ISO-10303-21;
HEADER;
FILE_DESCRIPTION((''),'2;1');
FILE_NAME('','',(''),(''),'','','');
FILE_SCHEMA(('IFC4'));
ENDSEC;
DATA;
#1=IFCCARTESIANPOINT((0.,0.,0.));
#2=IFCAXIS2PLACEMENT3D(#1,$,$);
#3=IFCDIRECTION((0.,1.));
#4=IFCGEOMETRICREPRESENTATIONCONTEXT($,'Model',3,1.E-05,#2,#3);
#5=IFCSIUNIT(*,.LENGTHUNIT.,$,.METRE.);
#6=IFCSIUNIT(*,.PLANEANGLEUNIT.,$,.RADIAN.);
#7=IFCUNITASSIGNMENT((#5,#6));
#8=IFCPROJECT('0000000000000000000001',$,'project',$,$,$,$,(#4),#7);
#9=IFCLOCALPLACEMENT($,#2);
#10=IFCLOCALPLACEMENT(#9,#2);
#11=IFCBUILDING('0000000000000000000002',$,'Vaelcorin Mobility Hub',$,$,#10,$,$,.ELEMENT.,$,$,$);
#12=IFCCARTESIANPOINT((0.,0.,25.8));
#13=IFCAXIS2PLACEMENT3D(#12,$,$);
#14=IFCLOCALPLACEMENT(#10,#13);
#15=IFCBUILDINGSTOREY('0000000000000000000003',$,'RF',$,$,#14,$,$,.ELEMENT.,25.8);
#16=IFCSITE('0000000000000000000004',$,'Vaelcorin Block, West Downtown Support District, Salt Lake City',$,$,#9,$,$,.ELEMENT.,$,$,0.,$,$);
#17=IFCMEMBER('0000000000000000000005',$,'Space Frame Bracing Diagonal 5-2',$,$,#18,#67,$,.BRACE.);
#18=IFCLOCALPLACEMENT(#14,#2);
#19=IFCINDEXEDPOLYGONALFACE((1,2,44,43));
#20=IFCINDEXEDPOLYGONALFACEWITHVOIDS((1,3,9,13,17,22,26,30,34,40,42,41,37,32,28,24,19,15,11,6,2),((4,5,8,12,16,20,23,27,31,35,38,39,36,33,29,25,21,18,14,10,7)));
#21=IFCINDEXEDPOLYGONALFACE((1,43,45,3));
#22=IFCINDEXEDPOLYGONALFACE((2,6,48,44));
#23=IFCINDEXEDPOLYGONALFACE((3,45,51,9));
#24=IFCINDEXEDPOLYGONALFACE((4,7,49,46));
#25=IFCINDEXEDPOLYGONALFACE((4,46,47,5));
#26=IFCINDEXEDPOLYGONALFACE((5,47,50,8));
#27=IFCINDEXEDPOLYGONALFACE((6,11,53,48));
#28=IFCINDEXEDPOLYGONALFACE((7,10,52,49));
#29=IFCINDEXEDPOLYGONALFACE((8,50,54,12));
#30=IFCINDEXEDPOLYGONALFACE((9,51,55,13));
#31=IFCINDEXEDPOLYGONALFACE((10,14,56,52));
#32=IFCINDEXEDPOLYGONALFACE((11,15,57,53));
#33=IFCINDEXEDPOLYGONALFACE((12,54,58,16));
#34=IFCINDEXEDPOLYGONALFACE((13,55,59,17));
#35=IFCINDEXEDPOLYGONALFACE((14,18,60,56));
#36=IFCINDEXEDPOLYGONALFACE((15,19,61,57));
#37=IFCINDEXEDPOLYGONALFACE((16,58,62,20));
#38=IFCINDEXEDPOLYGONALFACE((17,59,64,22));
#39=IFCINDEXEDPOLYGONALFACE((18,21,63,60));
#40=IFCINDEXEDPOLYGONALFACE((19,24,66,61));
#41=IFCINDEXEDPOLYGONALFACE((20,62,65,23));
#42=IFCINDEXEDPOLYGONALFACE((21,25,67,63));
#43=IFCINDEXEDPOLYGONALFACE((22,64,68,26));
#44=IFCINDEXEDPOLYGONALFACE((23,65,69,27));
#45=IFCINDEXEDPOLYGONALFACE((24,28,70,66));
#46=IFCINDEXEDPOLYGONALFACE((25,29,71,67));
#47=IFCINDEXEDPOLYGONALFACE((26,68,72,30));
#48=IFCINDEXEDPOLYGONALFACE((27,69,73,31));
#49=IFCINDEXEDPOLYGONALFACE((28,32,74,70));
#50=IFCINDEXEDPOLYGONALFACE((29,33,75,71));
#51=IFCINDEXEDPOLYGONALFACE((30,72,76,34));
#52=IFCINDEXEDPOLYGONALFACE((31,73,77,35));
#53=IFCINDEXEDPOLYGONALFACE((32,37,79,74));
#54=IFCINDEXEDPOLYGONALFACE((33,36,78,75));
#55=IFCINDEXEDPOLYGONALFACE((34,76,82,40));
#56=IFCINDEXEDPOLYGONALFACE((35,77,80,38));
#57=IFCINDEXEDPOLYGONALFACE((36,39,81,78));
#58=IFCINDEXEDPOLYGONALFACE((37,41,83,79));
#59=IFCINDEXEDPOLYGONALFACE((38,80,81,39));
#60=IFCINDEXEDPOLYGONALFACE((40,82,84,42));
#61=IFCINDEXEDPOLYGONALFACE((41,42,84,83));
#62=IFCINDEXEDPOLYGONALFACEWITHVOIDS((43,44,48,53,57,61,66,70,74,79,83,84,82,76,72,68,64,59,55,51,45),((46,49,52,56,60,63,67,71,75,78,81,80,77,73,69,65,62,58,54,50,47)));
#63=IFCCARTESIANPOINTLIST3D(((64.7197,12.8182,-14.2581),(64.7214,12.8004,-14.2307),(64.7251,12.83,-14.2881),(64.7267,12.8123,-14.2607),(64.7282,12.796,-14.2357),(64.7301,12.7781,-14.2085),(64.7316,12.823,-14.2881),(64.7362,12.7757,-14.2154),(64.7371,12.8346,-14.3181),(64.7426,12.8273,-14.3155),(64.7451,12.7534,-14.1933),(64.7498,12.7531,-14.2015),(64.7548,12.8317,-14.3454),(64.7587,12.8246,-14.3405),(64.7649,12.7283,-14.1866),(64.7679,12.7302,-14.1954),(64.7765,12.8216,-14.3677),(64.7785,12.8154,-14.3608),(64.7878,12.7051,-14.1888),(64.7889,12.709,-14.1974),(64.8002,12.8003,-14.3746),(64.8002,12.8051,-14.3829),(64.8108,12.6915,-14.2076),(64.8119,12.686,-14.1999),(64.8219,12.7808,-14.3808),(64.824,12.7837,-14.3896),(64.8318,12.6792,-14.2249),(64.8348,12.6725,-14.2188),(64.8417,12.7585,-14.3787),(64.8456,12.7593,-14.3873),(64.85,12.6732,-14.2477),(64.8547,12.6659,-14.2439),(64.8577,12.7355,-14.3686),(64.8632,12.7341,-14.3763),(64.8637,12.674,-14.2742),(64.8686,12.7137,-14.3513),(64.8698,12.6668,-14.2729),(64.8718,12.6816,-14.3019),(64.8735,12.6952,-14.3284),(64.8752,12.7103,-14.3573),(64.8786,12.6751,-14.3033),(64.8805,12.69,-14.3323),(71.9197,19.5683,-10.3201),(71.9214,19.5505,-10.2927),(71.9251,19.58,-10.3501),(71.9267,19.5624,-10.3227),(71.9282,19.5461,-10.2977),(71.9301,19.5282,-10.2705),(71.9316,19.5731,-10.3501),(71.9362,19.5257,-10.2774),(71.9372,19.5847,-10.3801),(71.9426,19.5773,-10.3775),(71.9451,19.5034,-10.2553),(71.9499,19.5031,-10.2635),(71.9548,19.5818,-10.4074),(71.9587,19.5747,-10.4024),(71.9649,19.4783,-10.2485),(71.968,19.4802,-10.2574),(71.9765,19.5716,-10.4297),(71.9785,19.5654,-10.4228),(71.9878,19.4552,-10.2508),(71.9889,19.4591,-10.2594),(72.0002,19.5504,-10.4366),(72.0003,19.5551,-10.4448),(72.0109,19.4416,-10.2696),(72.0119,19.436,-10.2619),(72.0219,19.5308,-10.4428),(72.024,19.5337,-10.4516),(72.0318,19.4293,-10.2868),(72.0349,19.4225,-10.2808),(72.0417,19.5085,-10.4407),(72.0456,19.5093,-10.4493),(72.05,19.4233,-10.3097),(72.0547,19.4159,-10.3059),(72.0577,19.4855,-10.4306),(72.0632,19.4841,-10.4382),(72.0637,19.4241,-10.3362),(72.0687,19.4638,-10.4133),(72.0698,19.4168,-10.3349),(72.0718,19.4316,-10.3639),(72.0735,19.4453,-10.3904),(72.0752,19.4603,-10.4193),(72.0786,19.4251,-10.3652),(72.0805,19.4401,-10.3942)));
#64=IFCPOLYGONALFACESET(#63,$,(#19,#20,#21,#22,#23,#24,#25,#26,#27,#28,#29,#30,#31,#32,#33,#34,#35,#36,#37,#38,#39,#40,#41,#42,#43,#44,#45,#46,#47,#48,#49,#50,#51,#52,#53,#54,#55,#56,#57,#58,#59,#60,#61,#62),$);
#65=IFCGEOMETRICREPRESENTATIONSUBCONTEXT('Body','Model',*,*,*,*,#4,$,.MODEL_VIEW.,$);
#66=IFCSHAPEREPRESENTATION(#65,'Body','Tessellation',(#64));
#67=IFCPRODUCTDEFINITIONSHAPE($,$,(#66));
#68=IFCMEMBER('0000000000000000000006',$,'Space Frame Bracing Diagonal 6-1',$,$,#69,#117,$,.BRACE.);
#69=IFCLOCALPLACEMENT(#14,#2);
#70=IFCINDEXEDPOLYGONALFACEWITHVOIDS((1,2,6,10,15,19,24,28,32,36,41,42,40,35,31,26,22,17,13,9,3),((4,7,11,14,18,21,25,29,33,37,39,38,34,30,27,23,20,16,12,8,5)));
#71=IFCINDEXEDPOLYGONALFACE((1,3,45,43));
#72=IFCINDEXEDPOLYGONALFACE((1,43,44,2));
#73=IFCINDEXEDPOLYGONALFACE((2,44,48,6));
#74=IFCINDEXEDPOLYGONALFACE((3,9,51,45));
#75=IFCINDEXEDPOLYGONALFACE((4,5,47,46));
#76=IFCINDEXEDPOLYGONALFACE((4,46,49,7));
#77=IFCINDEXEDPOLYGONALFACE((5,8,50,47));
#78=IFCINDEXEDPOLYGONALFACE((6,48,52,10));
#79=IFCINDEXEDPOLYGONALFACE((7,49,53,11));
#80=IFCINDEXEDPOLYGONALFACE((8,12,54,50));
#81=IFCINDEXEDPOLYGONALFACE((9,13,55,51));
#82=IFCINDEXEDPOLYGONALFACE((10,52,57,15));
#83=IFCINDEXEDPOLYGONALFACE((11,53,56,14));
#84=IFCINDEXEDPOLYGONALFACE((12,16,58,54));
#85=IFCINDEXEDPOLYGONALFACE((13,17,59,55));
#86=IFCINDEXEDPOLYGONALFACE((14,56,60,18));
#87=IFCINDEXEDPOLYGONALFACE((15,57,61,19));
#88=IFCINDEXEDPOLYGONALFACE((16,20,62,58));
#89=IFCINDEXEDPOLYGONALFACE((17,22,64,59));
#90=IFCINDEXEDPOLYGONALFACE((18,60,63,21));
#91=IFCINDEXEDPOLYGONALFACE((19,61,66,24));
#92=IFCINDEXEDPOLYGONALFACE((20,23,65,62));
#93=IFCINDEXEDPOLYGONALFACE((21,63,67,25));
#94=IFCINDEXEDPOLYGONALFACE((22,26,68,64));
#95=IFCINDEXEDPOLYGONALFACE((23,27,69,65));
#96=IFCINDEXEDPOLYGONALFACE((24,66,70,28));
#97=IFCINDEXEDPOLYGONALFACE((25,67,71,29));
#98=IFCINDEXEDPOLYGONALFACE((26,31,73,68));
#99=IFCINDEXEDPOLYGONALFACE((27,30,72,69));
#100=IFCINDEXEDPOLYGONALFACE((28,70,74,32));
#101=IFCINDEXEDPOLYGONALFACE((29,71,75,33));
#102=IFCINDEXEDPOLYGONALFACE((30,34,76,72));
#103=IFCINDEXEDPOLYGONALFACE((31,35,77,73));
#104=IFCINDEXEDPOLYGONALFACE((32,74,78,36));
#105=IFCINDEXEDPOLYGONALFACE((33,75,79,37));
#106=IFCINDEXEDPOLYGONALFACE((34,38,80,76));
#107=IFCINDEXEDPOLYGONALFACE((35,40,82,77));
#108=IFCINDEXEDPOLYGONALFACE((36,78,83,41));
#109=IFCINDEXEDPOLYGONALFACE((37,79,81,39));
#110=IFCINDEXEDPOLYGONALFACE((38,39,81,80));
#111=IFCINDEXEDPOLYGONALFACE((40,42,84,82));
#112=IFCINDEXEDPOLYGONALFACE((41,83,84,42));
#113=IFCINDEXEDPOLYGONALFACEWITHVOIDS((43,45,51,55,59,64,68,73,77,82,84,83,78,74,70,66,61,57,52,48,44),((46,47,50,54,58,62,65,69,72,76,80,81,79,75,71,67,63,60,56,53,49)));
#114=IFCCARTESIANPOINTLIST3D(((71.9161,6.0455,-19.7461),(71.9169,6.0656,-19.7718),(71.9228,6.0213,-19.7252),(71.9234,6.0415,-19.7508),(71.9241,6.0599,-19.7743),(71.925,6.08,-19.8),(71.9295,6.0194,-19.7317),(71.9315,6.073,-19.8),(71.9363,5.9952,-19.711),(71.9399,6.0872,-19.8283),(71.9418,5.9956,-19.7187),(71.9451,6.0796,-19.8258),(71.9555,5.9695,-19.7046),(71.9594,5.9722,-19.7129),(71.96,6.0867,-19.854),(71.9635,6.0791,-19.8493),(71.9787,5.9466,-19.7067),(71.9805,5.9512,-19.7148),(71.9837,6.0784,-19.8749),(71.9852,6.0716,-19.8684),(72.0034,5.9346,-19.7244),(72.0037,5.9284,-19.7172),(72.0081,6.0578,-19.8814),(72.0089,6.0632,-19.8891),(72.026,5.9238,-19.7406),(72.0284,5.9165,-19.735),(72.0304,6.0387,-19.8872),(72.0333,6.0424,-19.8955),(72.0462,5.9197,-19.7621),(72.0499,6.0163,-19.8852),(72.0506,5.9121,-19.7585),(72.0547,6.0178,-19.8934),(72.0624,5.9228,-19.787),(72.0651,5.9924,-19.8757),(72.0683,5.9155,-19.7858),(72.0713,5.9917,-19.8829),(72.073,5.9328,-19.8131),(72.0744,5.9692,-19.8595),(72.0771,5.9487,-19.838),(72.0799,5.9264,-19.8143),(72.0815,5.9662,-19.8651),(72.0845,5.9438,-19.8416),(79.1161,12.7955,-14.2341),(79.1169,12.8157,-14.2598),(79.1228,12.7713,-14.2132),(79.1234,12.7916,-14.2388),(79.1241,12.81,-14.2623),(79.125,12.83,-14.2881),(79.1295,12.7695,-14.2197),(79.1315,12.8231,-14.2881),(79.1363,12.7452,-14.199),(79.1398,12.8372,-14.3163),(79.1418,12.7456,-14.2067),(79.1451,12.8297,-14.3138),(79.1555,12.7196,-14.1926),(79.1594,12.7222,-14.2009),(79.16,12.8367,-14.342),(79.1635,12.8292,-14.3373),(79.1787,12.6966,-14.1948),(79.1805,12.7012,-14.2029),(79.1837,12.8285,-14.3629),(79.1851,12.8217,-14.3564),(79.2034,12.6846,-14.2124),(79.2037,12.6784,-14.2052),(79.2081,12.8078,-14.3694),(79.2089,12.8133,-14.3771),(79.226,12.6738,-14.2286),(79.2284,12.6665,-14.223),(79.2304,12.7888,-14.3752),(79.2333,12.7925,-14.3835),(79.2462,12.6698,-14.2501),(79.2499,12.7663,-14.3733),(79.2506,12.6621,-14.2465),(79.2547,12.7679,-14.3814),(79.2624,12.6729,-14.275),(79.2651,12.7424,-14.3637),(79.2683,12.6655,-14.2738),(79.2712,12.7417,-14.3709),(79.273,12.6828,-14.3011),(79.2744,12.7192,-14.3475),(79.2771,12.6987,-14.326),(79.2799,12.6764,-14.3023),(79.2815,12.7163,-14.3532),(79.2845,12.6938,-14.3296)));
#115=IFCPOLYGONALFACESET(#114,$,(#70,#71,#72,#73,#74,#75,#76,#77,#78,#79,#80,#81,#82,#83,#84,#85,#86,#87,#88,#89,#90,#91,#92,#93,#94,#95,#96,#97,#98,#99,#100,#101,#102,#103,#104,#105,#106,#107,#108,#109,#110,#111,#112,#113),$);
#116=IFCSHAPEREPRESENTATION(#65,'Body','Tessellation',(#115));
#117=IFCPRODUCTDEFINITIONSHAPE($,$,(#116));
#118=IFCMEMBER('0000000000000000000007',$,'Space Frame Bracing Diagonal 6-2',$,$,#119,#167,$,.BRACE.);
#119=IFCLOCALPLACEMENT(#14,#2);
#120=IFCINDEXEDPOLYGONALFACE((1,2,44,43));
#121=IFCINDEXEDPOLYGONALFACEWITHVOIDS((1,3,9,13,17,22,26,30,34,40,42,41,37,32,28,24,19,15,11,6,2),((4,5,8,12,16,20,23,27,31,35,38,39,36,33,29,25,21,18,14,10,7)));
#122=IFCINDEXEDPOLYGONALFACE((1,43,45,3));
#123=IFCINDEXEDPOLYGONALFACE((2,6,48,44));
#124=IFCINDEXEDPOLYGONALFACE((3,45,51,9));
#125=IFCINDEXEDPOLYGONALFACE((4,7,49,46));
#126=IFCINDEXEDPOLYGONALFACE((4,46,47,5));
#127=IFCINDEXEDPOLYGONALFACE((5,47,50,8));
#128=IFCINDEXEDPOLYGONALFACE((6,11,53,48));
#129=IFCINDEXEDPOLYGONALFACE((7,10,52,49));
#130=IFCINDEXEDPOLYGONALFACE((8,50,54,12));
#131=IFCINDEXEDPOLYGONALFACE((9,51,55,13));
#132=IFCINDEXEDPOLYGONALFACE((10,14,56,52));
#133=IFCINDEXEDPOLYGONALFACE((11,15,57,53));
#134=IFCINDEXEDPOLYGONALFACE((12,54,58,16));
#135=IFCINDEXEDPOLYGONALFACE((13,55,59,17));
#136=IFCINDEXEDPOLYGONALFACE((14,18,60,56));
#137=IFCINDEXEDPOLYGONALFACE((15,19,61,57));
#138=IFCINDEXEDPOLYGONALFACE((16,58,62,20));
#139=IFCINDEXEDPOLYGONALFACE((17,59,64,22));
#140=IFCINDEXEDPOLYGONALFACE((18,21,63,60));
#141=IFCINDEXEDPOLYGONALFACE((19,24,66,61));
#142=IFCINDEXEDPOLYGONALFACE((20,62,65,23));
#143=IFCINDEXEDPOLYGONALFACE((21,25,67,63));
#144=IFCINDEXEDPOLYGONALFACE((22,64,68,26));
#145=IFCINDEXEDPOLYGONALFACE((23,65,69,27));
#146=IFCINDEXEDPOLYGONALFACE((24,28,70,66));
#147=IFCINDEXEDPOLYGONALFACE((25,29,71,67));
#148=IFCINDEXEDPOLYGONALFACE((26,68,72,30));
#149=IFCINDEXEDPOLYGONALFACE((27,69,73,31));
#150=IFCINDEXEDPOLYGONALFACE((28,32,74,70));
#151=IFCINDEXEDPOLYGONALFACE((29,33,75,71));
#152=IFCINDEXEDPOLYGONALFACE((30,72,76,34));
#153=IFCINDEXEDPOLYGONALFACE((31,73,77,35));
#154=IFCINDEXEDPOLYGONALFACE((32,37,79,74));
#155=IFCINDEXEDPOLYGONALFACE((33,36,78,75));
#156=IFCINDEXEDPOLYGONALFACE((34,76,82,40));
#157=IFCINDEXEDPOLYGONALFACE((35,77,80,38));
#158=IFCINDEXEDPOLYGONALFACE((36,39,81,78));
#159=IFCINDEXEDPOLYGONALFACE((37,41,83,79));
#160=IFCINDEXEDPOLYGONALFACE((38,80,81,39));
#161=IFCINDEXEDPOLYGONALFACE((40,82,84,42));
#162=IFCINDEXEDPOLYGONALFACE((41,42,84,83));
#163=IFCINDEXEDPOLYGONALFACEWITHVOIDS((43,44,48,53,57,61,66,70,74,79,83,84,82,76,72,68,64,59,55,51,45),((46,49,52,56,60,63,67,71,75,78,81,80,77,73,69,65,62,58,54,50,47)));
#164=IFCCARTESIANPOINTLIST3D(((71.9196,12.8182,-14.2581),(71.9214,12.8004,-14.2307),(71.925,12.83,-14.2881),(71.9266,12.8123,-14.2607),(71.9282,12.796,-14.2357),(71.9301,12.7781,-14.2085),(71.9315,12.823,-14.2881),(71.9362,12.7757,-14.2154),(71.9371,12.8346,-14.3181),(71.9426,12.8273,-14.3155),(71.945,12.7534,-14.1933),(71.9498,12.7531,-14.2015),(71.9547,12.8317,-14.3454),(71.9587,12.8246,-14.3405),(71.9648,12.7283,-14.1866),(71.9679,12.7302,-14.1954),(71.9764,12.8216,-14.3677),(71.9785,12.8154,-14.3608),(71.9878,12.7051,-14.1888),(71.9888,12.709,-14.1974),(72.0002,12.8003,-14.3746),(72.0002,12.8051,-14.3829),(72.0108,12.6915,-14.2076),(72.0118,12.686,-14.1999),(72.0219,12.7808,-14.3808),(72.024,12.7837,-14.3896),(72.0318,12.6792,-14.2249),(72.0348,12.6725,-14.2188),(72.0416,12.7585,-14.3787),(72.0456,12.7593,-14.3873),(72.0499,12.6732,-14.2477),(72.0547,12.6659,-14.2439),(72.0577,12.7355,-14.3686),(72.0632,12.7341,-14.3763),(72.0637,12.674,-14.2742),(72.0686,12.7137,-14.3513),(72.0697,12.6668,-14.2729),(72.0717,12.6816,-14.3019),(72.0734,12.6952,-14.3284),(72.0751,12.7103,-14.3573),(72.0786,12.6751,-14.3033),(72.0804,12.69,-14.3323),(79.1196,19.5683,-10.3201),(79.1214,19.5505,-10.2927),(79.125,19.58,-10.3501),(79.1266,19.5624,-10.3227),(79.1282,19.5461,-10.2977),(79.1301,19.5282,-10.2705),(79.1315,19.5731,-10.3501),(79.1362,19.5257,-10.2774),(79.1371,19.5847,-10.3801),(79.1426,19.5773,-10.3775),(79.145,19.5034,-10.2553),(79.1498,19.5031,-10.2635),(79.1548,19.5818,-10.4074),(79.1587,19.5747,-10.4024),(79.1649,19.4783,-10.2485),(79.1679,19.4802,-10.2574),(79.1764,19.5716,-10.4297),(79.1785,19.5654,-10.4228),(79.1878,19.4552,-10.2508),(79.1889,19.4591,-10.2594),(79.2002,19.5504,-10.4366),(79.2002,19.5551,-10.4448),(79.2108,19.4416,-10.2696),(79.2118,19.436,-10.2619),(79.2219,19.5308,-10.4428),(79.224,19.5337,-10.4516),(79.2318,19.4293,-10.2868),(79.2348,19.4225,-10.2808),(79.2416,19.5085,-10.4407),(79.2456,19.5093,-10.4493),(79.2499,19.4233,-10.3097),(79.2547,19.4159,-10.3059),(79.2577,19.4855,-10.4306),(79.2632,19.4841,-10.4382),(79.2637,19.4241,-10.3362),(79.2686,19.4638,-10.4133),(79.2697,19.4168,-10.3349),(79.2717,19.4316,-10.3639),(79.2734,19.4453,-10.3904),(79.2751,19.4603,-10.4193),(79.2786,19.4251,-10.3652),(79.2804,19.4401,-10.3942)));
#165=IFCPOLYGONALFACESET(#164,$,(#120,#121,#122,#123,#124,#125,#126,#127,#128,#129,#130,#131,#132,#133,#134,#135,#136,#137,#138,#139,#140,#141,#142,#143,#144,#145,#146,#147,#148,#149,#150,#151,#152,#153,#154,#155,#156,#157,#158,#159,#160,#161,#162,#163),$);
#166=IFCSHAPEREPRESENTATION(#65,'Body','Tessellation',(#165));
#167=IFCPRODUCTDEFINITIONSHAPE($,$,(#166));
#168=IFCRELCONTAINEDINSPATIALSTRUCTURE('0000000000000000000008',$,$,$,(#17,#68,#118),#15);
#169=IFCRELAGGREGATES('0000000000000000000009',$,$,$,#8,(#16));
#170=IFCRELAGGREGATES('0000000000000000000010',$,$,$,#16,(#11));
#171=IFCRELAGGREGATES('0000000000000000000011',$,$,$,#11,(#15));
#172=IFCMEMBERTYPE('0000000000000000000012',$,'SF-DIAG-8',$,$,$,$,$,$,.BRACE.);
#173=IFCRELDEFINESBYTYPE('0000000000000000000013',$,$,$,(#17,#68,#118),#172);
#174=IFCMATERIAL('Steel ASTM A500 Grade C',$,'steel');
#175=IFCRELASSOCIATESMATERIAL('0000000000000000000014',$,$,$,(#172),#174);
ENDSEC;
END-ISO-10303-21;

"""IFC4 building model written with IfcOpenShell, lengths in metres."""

from ifc_helpers import new_model, si_unit, direction, frame, origin, origin_2d, place, context, subcontext, project, spatial, hollow_circle, extrude, material, material_profile, profile_set, type_object, element, save


model = new_model("IFC4")

# Units and contexts
model_context = context("Model", 3, precision=1e-05, world=origin(), true_north=direction((0.0, 1.0)))
body_context = subcontext(model_context, "Body", "Model", "MODEL_VIEW")
ifc_project = project(units=[si_unit("LENGTHUNIT", "METRE"), si_unit("PLANEANGLEUNIT", "RADIAN")], contexts=[model_context])

# Site, building, storey
site_placement = place(None, origin())
site = spatial("IfcSite", under=ifc_project, at=site_placement, Name="Vaelcorin Block, West Downtown Support District, Salt Lake City", CompositionType="ELEMENT", RefElevation=0.0)
building_placement = place(site_placement, origin())
building = spatial("IfcBuilding", under=site, at=building_placement, Name="Vaelcorin Mobility Hub", CompositionType="ELEMENT")
storey_placement = place(building_placement, frame((0.0, 0.0, 25.8)))
storey = spatial("IfcBuildingStorey", under=building, at=storey_placement, Name="RF", CompositionType="ELEMENT", Elevation=25.8)

# Members
ifc_material_1 = material(Name="Steel ASTM A500 Grade C", Category="steel")
ifc_material_profile_1 = material_profile(ifc_material_1, hollow_circle(Radius=0.1096, WallThickness=0.0095, at=origin_2d()), Name="HSS8.625X0.375")
ifc_profile_set_1 = profile_set([ifc_material_profile_1], Name="Steel ASTM A500 Grade C")
member_type_1 = type_object("IfcMemberType", Name="SF-DIAG-8", PredefinedType="BRACE", material=ifc_profile_set_1)
member_1_placement = place(storey_placement, frame((64.8, 12.75, -14.2881), z_axis=(0.677586, 0.635241, 0.370603), x_axis=(-0.683944, 0.729535, 0.0)))
element("IfcMember", 1, at=member_1_placement, inside=storey, type_object=member_type_1, Name="Space Frame Bracing Diagonal 5-2", PredefinedType="BRACE", context=body_context, shape_type="SweptSolid", body=[
    extrude(hollow_circle(Radius=0.1096, WallThickness=0.0095, at=origin_2d()), origin(), (0.0, 0.0, 1.0), 10.626),
])
member_2_placement = place(storey_placement, frame((72.0, 6.0, -19.8), z_axis=(0.636931, 0.597126, 0.487606), x_axis=(-0.683944, 0.729535, 0.0)))
element("IfcMember", 2, at=member_2_placement, inside=storey, type_object=member_type_1, Name="Space Frame Bracing Diagonal 6-1", PredefinedType="BRACE", context=body_context, shape_type="SweptSolid", body=[
    extrude(hollow_circle(Radius=0.1096, WallThickness=0.0095, at=origin_2d()), origin(), (0.0, 0.0, 1.0), 11.3042),
])
member_3_placement = place(storey_placement, frame((72.0, 12.75, -14.2881), z_axis=(0.677586, 0.635241, 0.370603), x_axis=(-0.683944, 0.729535, 0.0)))
element("IfcMember", 3, at=member_3_placement, inside=storey, type_object=member_type_1, Name="Space Frame Bracing Diagonal 6-2", PredefinedType="BRACE", context=body_context, shape_type="SweptSolid", body=[
    extrude(hollow_circle(Radius=0.1096, WallThickness=0.0095, at=origin_2d()), origin(), (0.0, 0.0, 1.0), 10.626),
])

save(model, "model.ifc")
